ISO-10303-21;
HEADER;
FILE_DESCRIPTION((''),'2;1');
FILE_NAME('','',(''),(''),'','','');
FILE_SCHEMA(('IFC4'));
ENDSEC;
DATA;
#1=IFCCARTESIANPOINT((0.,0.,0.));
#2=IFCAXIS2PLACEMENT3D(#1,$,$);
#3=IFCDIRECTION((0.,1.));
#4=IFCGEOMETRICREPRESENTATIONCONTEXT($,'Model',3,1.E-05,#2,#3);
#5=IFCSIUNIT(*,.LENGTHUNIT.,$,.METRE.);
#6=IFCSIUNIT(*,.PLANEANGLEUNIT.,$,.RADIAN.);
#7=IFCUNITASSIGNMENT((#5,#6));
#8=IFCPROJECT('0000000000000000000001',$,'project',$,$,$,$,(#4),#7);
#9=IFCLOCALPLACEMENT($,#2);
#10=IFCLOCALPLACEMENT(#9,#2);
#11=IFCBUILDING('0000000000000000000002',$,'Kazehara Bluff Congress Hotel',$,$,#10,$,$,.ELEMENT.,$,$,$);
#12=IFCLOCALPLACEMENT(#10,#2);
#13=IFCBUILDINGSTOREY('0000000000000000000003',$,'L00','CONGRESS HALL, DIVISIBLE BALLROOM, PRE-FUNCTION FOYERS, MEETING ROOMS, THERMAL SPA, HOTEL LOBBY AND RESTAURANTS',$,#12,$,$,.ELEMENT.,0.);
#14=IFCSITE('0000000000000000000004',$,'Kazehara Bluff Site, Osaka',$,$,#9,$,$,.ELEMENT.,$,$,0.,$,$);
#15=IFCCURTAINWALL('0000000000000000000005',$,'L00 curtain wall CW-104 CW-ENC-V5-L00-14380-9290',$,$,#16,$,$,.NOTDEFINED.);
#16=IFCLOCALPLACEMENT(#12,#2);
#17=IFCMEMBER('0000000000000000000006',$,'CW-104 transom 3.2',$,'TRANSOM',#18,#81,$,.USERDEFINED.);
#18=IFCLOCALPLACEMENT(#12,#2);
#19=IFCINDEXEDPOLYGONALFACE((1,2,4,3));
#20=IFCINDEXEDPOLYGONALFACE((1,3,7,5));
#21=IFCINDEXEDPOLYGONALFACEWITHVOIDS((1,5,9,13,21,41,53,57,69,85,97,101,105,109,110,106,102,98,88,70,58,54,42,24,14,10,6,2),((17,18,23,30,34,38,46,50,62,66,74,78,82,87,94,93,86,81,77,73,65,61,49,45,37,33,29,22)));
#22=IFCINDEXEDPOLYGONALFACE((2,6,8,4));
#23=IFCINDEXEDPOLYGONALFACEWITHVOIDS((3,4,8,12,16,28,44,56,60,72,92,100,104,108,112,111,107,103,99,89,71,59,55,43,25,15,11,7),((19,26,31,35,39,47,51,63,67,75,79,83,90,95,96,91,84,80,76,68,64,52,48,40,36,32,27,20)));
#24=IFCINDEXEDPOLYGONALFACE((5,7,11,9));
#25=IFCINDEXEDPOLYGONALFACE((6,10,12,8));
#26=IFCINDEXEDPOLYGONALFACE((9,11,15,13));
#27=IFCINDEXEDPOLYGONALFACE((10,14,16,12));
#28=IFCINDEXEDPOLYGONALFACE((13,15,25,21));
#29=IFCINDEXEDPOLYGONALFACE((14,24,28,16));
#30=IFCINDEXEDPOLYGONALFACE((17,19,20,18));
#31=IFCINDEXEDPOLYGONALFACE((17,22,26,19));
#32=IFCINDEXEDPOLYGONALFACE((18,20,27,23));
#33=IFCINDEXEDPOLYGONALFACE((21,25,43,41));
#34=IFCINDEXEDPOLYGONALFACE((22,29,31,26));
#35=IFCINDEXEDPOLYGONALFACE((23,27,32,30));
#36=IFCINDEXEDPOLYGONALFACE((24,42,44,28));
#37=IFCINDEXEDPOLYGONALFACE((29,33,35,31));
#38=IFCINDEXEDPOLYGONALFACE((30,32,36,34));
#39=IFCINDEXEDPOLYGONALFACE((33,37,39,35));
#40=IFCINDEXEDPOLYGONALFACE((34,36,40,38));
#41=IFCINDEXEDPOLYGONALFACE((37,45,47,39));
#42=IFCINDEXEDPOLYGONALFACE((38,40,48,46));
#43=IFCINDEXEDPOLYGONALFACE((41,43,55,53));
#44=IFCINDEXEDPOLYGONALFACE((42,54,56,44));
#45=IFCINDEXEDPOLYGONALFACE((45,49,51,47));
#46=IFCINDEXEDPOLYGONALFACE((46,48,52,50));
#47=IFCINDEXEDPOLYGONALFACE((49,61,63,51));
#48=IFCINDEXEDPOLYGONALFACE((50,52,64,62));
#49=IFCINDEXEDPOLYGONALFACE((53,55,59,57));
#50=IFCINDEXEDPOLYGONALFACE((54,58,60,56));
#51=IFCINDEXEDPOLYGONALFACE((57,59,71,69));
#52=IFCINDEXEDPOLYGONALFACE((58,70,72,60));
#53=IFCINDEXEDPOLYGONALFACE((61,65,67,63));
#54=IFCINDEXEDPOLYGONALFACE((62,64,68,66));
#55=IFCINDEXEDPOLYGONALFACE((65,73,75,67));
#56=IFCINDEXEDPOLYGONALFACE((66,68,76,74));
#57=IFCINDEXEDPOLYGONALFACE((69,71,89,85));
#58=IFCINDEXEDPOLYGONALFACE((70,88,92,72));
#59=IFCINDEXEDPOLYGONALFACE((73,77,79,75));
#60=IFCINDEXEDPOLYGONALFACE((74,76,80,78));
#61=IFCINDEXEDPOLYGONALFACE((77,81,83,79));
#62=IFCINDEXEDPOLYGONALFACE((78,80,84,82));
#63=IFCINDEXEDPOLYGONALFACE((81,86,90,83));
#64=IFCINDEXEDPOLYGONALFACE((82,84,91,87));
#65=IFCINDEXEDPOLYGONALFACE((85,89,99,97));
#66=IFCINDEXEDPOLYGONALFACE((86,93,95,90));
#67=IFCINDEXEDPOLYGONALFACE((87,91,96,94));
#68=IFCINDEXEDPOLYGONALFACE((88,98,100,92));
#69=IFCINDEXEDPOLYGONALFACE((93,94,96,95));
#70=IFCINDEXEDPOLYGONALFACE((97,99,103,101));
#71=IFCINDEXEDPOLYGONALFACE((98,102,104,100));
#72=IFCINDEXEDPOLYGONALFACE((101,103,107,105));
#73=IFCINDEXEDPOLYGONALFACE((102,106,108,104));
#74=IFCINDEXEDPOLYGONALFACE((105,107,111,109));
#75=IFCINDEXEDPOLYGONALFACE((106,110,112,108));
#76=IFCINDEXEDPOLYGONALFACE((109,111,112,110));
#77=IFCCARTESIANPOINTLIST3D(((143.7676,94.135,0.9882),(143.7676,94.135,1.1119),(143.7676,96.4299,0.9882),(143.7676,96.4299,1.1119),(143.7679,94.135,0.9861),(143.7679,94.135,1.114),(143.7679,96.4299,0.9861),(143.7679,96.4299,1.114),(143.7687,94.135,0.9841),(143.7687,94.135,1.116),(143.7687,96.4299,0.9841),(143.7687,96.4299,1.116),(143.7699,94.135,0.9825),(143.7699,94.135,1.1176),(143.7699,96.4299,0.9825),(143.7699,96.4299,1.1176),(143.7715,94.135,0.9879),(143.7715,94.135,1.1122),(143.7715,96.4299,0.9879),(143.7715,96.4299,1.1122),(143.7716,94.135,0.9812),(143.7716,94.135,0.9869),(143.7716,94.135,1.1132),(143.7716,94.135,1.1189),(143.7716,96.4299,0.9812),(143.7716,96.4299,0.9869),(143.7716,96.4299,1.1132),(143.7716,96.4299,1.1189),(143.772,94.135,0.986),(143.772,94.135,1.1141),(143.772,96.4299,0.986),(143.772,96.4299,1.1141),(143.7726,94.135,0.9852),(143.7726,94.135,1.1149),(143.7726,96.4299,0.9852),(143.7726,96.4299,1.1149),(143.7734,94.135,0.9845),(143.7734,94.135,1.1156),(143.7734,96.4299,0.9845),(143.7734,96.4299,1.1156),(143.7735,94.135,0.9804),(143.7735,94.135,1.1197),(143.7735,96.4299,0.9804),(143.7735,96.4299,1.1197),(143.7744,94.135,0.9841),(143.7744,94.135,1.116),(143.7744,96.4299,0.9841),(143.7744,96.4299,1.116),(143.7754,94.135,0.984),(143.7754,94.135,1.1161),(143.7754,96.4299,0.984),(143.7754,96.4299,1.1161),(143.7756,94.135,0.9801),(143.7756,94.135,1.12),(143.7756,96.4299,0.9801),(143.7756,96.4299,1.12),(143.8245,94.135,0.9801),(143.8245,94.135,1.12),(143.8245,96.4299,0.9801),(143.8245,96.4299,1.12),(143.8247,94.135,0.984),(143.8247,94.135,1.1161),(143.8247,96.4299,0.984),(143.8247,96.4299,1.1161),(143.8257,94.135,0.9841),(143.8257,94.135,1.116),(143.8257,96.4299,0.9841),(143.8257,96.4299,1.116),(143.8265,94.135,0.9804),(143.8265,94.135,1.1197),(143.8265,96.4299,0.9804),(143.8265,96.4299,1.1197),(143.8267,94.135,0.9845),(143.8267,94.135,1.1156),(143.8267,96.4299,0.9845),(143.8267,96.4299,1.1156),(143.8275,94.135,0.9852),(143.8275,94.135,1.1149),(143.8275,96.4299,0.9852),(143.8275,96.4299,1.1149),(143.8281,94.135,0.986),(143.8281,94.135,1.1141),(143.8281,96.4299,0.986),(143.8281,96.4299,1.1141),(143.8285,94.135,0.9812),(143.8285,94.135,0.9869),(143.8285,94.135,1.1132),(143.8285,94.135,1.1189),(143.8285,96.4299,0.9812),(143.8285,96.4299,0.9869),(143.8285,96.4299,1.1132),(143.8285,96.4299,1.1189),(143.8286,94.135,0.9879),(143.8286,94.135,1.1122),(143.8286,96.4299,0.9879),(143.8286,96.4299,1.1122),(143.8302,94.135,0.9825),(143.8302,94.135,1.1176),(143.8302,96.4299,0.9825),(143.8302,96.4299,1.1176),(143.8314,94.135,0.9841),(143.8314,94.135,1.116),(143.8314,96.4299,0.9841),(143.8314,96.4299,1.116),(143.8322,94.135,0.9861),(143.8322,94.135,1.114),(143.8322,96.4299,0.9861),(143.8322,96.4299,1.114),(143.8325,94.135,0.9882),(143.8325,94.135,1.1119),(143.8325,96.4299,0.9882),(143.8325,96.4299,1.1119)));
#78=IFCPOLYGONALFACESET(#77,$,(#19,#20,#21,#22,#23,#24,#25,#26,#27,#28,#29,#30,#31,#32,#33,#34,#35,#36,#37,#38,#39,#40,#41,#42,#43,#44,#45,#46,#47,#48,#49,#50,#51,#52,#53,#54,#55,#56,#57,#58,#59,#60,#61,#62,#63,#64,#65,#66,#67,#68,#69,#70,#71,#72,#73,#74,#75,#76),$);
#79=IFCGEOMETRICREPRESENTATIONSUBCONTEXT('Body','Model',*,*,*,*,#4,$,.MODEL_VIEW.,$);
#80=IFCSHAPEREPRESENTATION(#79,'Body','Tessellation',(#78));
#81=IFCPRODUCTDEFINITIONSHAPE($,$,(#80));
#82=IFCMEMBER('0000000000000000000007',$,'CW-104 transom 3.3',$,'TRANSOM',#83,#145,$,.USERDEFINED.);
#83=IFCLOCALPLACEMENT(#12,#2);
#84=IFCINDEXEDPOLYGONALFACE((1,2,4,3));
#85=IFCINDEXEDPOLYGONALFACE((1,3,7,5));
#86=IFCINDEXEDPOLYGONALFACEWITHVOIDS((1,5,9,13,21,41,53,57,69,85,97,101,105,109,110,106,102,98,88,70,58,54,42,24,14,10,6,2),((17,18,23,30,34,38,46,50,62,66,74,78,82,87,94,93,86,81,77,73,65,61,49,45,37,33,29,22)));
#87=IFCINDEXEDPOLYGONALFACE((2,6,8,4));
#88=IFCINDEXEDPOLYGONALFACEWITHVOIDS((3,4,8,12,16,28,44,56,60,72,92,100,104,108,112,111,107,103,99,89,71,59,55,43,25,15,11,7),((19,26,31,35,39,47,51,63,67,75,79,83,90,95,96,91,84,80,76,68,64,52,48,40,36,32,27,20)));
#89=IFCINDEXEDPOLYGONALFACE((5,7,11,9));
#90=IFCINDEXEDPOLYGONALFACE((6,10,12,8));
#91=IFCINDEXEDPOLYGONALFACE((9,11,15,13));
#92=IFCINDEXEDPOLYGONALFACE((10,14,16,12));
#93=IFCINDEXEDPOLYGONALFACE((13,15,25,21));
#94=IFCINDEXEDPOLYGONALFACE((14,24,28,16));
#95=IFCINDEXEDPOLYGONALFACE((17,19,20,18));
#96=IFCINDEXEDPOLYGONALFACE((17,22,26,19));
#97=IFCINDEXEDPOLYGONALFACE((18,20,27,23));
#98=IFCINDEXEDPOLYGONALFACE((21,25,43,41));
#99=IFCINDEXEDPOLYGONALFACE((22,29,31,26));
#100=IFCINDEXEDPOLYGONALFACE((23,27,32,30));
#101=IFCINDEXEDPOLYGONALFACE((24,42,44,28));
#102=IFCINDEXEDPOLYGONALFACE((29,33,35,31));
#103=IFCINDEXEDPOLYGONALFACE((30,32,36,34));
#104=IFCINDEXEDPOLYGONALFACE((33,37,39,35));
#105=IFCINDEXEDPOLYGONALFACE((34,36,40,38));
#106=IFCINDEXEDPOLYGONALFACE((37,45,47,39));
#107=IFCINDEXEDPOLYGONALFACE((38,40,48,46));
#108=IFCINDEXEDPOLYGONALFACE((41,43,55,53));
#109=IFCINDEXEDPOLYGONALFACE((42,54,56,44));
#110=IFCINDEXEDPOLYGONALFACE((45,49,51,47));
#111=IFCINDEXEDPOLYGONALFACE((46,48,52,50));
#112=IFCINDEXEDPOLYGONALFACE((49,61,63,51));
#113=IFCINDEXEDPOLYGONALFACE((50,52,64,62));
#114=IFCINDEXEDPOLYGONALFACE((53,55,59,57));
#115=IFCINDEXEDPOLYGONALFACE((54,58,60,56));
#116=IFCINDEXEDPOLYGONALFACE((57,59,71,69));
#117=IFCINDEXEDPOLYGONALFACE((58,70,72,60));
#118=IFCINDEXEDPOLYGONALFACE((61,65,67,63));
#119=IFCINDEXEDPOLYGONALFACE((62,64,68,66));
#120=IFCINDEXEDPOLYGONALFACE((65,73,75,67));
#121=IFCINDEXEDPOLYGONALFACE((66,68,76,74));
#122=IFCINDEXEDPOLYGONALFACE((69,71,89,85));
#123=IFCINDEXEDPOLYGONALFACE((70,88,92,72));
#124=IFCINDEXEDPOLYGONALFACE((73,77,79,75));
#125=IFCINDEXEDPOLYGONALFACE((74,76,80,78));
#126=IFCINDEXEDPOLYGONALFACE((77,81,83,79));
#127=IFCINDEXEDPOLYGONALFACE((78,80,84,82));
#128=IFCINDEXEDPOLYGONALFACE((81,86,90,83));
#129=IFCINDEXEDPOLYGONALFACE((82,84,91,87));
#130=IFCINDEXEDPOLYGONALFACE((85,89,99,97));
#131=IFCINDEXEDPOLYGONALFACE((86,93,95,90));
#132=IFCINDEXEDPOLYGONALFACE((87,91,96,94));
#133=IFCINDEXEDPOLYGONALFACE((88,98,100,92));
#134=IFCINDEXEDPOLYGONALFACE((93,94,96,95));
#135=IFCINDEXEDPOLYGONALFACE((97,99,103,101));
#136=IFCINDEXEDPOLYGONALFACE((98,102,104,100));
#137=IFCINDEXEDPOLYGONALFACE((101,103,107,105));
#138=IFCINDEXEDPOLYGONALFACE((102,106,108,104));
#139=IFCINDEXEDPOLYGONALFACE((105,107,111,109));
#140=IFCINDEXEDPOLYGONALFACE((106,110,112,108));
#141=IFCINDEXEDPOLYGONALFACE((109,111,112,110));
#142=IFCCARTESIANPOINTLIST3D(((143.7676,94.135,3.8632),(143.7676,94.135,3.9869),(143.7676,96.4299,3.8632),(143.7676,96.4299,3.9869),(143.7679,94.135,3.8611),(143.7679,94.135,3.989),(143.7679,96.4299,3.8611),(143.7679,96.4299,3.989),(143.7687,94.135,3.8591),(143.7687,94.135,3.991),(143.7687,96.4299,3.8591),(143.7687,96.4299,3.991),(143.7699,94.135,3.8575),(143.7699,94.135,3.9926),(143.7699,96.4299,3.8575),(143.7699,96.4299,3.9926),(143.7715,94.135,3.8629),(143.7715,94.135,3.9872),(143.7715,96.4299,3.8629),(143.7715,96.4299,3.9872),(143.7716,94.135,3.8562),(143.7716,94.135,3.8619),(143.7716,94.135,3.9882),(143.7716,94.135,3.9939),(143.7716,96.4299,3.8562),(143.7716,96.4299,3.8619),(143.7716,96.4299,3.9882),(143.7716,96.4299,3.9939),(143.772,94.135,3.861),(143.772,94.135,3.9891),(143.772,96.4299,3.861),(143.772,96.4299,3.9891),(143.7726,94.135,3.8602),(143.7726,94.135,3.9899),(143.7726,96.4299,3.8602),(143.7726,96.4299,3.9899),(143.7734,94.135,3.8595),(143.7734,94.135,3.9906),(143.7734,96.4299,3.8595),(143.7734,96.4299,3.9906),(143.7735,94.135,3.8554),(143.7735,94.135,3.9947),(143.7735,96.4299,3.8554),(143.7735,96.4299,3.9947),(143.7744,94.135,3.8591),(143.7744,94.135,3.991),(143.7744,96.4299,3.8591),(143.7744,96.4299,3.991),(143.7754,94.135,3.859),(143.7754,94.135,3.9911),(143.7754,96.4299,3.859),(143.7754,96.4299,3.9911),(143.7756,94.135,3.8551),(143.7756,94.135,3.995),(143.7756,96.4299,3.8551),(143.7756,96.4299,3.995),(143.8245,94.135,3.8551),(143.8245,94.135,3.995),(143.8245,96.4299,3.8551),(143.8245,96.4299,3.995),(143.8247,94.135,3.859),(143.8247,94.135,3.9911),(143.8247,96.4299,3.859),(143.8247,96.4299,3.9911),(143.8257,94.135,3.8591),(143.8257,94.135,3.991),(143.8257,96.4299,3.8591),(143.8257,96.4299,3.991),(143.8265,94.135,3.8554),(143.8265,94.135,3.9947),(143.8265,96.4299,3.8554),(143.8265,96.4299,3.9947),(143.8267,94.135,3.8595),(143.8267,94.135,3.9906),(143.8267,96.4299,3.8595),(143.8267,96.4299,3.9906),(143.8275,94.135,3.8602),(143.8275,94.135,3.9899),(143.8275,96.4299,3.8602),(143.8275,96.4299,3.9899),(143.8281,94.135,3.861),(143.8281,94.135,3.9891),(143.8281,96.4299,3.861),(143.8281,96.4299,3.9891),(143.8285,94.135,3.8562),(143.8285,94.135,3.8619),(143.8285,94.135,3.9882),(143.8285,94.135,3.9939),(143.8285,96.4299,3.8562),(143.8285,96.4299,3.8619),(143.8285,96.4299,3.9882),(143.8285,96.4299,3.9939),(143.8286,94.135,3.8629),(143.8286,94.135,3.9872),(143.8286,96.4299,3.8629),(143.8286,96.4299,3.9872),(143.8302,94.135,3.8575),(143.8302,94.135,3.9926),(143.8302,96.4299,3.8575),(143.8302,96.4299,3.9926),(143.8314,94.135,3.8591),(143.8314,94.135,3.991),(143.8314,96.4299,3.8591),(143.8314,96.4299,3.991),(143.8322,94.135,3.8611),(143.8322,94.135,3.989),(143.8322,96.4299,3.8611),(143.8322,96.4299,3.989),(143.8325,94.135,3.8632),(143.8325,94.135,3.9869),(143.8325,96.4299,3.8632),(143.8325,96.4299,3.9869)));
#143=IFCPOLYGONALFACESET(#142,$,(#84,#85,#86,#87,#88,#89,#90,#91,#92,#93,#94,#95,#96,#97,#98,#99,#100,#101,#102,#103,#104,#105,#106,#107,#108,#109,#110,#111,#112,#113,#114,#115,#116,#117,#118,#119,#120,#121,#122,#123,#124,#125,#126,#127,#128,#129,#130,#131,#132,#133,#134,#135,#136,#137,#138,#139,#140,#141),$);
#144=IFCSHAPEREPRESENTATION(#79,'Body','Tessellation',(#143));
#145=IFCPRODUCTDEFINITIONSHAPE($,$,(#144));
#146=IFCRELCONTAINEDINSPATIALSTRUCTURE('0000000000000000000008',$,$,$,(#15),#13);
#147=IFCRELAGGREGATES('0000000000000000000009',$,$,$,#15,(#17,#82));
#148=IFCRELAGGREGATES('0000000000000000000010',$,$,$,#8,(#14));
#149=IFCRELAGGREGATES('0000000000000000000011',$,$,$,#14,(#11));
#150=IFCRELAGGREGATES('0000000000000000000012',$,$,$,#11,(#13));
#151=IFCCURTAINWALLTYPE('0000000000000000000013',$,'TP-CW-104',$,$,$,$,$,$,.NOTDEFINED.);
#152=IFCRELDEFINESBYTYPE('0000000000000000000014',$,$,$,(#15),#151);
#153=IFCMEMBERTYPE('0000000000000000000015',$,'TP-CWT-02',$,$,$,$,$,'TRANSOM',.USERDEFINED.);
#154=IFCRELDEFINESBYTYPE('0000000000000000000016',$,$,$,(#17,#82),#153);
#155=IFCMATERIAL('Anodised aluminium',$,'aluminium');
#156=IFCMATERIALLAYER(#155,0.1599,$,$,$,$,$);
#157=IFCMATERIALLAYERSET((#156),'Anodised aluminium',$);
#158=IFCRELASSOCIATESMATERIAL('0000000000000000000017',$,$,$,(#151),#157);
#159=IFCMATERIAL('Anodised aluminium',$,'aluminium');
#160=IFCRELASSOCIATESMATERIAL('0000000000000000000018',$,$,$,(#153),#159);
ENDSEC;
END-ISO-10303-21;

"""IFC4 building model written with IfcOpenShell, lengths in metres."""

from ifc_helpers import new_model, si_unit, direction, frame, origin, origin_2d, place, context, subcontext, project, spatial, hollow_rectangle, extrude, material, layer, layer_set, material_profile, profile_set, type_object, element, aggregate, save


model = new_model("IFC4")

# Units and contexts
model_context = context("Model", 3, precision=1e-05, world=origin(), true_north=direction((0.0, 1.0)))
body_context = subcontext(model_context, "Body", "Model", "MODEL_VIEW")
ifc_project = project(units=[si_unit("LENGTHUNIT", "METRE"), si_unit("PLANEANGLEUNIT", "RADIAN")], contexts=[model_context])

# Site, building, storey
site_placement = place(None, origin())
site = spatial("IfcSite", under=ifc_project, at=site_placement, Name="Kazehara Bluff Site, Osaka", CompositionType="ELEMENT", RefElevation=0.0)
building_placement = place(site_placement, origin())
building = spatial("IfcBuilding", under=site, at=building_placement, Name="Kazehara Bluff Congress Hotel", CompositionType="ELEMENT")
storey_placement = place(building_placement, origin())
storey = spatial("IfcBuildingStorey", under=building, at=storey_placement, Name="L00", Description="CONGRESS HALL, DIVISIBLE BALLROOM, PRE-FUNCTION FOYERS, MEETING ROOMS, THERMAL SPA, HOTEL LOBBY AND RESTAURANTS", CompositionType="ELEMENT", Elevation=0.0)

# Curtain wall
ifc_material_1 = material(Name="Anodised aluminium", Category="aluminium")
ifc_layer_1 = layer(ifc_material_1, 0.1599)
ifc_layer_set_1 = layer_set([ifc_layer_1], Name="Anodised aluminium")
curtain_wall_type_1 = type_object("IfcCurtainWallType", Name="TP-CW-104", PredefinedType="NOTDEFINED", material=ifc_layer_set_1)
curtain_wall_1_placement = place(storey_placement, origin())
curtain_wall_1 = element("IfcCurtainWall", 1, at=curtain_wall_1_placement, inside=storey, type_object=curtain_wall_type_1, Name="L00 curtain wall CW-104 CW-ENC-V5-L00-14380-9290", PredefinedType="NOTDEFINED")

# Members
ifc_material_2 = material(Name="Anodised aluminium", Category="aluminium")
ifc_material_profile_1 = material_profile(ifc_material_2, hollow_rectangle(XDim=0.0649, YDim=0.1399, WallThickness=0.0039, InnerFilletRadius=0.0039, OuterFilletRadius=0.0081, at=origin_2d()))
ifc_profile_set_1 = profile_set([ifc_material_profile_1], Name="Anodised aluminium")
member_type_1 = type_object("IfcMemberType", Name="TP-CWT-02", ElementType="TRANSOM", PredefinedType="USERDEFINED", material=ifc_profile_set_1)
member_1_placement = place(storey_placement, frame((143.8, 94.135, 1.05), z_axis=(0.0, 1.0, 0.0), x_axis=(-1.0, 0.0, 0.0)))
member_1 = element("IfcMember", 2, at=member_1_placement, type_object=member_type_1, Name="CW-104 transom 3.2", ObjectType="TRANSOM", PredefinedType="USERDEFINED", context=body_context, shape_type="SweptSolid", body=[
    extrude(hollow_rectangle(XDim=0.0649, YDim=0.1399, WallThickness=0.0039, InnerFilletRadius=0.0039, OuterFilletRadius=0.0081, at=origin_2d()), origin(), (0.0, 0.0, 1.0), 2.2949),
])
member_2_placement = place(storey_placement, frame((143.8, 94.135, 3.925), z_axis=(0.0, 1.0, 0.0), x_axis=(-1.0, 0.0, 0.0)))
member_2 = element("IfcMember", 3, at=member_2_placement, type_object=member_type_1, Name="CW-104 transom 3.3", ObjectType="TRANSOM", PredefinedType="USERDEFINED", context=body_context, shape_type="SweptSolid", body=[
    extrude(hollow_rectangle(XDim=0.0649, YDim=0.1399, WallThickness=0.0039, InnerFilletRadius=0.0039, OuterFilletRadius=0.0081, at=origin_2d()), origin(), (0.0, 0.0, 1.0), 2.2949),
])

aggregate(curtain_wall_1, [member_1, member_2])

save(model, "model.ifc")
